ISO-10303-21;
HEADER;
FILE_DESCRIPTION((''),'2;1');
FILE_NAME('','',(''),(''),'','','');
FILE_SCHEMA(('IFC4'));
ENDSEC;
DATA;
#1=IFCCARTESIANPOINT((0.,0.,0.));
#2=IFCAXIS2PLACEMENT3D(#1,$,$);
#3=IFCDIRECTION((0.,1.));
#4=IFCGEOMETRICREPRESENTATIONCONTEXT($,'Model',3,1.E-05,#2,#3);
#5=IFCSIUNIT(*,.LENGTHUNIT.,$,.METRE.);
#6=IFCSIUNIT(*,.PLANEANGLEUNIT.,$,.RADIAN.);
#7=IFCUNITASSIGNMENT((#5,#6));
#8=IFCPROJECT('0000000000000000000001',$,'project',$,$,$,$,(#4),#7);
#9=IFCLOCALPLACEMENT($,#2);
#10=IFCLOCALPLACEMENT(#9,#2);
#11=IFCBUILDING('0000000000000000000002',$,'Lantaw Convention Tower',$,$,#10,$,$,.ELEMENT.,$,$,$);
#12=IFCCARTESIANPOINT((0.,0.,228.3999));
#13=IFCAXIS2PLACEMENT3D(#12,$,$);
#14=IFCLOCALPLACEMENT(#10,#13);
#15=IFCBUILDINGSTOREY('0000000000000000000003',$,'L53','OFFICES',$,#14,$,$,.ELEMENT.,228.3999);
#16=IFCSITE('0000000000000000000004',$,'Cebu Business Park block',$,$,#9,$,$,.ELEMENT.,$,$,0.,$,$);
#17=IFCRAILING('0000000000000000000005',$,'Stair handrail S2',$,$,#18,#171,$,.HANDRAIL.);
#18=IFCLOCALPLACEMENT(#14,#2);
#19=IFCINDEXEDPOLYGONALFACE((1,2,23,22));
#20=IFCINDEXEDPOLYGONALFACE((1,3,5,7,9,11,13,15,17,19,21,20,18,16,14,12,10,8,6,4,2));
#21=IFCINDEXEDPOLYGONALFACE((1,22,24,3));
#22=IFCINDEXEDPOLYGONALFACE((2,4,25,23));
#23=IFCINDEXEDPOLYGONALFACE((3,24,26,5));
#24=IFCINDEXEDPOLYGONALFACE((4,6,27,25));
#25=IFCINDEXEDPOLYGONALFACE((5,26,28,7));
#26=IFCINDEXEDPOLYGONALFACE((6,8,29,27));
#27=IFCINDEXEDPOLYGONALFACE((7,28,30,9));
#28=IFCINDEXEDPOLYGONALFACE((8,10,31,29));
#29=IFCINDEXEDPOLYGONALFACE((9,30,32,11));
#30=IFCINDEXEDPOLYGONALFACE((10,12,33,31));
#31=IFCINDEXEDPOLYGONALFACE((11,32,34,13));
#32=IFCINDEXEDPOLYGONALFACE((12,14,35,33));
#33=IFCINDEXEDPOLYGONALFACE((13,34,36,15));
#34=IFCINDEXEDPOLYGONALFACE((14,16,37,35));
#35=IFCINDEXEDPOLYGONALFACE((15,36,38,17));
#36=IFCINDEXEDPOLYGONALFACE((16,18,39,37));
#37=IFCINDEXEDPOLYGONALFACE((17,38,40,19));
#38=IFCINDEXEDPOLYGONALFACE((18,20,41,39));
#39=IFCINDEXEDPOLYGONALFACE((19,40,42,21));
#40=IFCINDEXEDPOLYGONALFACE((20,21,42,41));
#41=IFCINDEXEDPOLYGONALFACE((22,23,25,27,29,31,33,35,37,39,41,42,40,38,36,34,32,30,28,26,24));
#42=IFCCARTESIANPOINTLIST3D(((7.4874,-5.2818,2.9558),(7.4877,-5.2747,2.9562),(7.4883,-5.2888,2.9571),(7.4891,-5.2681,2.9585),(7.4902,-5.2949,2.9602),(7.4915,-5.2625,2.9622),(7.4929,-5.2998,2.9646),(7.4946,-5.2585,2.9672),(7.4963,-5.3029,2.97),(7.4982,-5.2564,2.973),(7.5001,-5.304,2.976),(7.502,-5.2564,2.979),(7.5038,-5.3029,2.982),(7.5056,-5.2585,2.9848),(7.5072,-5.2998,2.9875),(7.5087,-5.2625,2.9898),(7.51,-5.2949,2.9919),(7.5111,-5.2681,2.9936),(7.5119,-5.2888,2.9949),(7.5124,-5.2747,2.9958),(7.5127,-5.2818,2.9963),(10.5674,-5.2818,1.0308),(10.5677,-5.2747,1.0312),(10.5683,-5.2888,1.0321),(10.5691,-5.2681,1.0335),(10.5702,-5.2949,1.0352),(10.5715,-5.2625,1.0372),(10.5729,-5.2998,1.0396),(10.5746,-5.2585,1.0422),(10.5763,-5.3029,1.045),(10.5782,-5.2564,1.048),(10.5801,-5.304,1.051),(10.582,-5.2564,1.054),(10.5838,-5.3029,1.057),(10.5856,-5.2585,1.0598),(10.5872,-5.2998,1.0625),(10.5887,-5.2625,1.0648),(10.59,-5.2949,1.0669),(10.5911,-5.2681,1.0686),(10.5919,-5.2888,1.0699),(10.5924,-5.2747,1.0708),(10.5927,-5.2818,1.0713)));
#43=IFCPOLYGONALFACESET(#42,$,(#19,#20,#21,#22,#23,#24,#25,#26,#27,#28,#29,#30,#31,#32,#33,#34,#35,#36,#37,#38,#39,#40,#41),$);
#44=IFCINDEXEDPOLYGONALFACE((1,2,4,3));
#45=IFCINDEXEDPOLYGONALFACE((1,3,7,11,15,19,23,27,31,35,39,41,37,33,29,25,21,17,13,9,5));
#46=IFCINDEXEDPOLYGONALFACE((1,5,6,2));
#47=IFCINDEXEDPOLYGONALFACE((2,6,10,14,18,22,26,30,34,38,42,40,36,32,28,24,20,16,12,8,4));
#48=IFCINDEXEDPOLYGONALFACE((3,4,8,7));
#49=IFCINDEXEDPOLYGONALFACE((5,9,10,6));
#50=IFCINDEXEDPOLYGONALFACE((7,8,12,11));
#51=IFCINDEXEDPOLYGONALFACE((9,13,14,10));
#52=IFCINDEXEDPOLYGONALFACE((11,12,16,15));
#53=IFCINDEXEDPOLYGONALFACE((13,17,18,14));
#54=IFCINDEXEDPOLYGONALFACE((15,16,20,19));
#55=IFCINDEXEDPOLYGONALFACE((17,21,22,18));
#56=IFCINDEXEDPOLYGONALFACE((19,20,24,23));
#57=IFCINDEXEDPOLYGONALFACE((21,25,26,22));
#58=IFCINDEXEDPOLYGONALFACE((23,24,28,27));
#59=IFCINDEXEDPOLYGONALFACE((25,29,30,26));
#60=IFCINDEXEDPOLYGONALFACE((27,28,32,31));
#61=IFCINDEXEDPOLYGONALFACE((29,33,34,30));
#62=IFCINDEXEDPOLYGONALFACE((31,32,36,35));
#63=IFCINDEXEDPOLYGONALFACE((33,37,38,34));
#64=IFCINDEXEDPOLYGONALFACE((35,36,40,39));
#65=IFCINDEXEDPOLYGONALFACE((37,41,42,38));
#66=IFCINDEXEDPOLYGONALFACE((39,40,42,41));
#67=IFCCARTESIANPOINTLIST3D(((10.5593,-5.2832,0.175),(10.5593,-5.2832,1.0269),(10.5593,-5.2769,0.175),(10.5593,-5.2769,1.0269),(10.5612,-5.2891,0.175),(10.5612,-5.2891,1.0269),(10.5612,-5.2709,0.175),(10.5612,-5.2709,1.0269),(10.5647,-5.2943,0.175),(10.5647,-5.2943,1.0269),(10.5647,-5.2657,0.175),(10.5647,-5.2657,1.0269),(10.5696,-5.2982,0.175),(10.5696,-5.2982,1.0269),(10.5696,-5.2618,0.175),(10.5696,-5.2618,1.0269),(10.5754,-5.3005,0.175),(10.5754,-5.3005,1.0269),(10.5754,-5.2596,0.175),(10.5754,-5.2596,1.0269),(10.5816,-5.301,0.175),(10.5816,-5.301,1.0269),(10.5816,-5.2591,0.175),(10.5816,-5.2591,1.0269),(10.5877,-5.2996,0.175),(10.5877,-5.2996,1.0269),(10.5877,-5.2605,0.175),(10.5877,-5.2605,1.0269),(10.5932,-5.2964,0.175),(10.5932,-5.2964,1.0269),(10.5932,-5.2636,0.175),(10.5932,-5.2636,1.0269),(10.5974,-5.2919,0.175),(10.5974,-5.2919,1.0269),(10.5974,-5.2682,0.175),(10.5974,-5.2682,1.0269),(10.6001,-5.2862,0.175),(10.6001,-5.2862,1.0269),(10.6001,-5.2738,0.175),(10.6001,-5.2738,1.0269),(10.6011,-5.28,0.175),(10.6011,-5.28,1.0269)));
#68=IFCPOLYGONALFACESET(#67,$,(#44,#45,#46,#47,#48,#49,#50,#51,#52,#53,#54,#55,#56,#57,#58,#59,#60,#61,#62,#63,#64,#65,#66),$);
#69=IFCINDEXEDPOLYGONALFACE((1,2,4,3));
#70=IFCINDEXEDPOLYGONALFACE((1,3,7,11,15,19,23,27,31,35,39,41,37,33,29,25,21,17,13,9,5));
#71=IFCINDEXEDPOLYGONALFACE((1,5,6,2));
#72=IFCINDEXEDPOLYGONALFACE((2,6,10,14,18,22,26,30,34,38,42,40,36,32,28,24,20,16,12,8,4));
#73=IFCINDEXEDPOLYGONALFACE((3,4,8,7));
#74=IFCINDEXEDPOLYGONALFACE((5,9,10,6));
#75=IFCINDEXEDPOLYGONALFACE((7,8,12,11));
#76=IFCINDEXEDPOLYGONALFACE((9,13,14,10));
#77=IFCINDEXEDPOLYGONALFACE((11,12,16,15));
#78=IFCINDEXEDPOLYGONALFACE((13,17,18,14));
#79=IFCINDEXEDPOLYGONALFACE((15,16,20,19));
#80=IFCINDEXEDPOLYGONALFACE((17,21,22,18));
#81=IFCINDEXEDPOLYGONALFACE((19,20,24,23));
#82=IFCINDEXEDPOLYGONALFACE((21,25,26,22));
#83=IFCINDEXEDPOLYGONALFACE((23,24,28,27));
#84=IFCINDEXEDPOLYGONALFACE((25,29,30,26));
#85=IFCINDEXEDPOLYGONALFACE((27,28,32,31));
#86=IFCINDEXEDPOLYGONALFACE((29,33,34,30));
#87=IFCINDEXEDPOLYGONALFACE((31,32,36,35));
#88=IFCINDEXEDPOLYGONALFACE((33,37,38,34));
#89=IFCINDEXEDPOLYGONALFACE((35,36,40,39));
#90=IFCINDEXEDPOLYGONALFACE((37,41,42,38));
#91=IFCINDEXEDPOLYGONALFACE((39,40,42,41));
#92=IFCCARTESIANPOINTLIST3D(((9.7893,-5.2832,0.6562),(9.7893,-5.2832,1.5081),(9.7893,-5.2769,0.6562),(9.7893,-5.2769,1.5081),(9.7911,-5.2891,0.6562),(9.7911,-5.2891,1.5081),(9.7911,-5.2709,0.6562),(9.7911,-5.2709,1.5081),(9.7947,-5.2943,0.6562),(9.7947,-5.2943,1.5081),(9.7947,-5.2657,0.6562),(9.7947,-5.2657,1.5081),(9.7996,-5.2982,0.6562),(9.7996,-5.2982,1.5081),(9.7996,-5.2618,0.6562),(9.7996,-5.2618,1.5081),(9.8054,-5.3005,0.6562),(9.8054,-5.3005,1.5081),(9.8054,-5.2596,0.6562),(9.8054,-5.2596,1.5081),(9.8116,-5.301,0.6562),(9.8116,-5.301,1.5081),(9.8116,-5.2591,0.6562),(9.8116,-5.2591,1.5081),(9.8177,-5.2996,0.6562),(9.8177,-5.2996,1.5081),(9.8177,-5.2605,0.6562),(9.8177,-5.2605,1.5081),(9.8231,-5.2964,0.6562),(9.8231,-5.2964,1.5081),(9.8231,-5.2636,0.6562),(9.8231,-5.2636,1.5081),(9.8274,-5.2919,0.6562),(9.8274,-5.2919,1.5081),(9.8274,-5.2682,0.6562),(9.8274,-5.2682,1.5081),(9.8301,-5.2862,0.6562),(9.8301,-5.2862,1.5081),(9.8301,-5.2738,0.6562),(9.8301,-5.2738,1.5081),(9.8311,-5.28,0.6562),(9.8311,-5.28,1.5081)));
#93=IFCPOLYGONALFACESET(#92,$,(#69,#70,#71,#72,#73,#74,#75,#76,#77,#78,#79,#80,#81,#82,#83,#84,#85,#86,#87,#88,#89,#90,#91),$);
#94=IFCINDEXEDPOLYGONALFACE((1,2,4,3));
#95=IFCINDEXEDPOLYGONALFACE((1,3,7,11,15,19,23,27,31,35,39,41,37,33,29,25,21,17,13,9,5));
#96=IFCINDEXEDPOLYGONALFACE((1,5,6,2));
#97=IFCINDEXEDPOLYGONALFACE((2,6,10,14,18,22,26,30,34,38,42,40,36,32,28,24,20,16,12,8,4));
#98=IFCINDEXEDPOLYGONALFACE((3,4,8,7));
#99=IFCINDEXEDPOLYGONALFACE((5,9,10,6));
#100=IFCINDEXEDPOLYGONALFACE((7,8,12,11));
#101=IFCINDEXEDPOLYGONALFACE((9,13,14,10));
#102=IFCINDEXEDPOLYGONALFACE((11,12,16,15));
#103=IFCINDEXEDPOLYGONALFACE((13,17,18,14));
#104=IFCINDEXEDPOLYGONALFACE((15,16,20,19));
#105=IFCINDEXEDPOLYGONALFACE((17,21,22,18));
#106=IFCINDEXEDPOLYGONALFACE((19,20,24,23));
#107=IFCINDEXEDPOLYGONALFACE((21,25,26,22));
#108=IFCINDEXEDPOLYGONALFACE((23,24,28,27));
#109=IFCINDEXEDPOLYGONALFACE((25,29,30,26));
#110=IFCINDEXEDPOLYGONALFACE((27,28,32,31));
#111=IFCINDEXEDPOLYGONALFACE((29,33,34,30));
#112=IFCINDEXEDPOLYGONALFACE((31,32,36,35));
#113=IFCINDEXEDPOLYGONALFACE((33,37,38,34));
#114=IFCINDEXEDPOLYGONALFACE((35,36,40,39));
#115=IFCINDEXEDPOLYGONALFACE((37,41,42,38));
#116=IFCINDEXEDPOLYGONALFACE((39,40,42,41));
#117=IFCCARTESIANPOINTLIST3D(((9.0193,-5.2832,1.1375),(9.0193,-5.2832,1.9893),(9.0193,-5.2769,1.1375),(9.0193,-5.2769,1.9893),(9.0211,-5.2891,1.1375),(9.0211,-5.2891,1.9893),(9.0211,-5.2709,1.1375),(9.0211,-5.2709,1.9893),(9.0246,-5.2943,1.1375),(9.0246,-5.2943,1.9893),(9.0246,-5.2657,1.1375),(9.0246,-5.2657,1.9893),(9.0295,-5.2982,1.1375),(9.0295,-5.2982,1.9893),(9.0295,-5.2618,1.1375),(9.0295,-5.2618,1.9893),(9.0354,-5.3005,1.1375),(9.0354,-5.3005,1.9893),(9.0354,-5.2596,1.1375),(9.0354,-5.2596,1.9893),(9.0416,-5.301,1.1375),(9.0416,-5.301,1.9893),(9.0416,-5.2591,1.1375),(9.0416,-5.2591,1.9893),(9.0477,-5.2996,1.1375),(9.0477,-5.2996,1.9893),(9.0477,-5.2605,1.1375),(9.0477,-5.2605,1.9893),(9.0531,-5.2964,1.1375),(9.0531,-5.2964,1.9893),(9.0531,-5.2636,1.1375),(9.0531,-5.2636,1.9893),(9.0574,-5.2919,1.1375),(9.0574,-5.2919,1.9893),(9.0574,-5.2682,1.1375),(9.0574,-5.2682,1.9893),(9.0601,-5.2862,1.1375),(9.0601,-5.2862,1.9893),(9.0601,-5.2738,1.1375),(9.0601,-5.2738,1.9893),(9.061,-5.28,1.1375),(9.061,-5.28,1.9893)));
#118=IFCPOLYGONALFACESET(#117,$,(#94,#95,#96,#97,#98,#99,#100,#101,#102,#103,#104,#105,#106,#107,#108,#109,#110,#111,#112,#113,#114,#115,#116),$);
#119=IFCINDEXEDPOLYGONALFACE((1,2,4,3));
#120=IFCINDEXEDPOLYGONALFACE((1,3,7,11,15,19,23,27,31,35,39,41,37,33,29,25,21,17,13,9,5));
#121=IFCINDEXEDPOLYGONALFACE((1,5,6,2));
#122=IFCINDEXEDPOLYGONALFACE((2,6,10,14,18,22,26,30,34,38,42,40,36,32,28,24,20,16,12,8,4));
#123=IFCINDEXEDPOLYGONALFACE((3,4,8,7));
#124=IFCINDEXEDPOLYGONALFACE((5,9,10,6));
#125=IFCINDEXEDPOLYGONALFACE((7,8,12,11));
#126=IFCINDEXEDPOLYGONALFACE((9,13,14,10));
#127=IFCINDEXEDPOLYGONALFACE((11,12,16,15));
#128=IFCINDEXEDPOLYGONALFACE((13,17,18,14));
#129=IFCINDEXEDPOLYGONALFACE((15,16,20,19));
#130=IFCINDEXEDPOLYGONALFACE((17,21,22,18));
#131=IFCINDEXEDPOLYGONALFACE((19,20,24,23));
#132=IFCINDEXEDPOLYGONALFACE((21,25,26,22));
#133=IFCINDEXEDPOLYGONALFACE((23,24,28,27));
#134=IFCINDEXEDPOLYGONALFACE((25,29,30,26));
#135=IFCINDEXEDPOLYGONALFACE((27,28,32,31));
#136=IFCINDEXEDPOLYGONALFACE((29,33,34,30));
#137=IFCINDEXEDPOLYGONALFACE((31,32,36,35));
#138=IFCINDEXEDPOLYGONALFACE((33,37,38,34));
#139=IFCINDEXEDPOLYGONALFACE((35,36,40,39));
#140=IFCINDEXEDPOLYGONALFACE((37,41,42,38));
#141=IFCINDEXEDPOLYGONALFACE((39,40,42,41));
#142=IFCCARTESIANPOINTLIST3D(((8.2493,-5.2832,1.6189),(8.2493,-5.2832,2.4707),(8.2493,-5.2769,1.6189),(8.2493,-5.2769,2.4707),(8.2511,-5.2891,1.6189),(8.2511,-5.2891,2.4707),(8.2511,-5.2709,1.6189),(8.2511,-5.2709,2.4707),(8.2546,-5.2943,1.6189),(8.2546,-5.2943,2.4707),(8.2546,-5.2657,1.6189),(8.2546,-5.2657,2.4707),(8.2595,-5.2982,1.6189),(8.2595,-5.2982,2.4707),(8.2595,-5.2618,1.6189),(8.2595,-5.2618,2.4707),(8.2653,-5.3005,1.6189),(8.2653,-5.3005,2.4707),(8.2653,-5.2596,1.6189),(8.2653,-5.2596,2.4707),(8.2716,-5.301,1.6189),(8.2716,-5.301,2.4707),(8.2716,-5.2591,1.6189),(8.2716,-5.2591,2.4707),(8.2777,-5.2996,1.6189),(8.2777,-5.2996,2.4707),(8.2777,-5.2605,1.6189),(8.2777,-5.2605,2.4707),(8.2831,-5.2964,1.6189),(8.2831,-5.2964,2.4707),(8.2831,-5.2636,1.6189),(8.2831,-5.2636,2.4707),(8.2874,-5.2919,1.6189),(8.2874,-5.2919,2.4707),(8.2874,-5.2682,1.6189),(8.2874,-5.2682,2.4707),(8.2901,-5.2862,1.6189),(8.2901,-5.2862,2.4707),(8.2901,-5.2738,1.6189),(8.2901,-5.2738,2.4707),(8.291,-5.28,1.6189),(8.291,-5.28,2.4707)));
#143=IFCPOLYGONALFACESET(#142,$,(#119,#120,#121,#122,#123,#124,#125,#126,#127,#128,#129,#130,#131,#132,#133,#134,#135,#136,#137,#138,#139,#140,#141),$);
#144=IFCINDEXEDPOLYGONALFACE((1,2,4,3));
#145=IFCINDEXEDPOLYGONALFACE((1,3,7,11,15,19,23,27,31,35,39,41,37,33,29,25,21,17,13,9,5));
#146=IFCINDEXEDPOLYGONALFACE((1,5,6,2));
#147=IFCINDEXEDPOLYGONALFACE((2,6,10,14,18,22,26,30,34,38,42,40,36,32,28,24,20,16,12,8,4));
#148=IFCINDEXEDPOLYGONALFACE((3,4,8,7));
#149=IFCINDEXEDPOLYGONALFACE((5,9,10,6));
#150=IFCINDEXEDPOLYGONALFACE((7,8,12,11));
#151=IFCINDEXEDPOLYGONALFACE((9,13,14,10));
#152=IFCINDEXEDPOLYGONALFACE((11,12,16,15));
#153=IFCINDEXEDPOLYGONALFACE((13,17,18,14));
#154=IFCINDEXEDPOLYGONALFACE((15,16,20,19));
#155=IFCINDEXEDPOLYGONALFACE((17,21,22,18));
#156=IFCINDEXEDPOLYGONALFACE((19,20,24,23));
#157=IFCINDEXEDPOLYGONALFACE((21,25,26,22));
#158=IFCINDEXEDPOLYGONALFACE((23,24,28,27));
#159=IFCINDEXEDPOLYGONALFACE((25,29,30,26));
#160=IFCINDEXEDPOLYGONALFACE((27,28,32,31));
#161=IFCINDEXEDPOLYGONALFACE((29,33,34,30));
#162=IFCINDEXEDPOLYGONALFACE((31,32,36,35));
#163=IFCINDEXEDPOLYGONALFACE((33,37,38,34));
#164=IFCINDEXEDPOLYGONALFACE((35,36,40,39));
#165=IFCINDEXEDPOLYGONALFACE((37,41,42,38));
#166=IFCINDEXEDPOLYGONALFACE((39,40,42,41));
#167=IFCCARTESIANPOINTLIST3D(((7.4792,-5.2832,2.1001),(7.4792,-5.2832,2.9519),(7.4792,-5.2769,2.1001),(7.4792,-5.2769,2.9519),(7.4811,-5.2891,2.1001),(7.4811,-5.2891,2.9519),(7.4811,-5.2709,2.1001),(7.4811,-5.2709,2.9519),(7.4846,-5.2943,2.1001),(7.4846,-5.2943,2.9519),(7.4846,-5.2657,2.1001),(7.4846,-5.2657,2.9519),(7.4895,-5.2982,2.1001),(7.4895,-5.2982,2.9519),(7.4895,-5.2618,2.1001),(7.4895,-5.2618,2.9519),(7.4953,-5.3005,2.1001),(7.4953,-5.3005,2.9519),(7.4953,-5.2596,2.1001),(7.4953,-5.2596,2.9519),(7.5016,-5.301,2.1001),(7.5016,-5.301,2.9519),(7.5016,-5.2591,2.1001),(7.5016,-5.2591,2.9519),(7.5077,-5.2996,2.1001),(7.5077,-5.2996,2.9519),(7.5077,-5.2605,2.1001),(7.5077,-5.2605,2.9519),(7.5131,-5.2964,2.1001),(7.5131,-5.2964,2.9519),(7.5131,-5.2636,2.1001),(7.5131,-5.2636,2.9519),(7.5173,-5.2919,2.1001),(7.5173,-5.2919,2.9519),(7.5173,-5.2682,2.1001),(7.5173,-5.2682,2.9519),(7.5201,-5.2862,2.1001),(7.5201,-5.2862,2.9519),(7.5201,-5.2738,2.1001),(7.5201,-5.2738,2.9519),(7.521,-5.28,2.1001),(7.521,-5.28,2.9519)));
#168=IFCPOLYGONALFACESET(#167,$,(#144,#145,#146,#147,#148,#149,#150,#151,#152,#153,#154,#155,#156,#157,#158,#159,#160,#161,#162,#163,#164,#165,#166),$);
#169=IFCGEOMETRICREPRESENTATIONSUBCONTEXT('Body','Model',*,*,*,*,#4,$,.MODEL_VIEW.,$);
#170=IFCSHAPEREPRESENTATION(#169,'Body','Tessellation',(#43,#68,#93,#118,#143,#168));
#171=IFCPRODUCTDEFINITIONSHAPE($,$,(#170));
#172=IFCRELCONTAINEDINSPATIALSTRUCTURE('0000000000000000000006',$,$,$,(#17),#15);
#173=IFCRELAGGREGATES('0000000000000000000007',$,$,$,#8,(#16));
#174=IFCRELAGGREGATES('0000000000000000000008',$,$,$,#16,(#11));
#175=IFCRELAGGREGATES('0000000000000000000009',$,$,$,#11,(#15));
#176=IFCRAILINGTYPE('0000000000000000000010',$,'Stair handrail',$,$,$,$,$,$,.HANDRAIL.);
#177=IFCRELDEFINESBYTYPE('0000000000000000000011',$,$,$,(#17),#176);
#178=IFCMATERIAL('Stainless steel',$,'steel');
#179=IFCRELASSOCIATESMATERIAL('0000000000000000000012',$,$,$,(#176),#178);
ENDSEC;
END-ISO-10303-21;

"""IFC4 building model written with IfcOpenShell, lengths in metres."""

from ifc_helpers import new_model, si_unit, direction, frame, origin, origin_2d, place, context, subcontext, project, spatial, circle, extrude, material, type_object, element, save


model = new_model("IFC4")

# Units and contexts
model_context = context("Model", 3, precision=1e-05, world=origin(), true_north=direction((0.0, 1.0)))
body_context = subcontext(model_context, "Body", "Model", "MODEL_VIEW")
ifc_project = project(units=[si_unit("LENGTHUNIT", "METRE"), si_unit("PLANEANGLEUNIT", "RADIAN")], contexts=[model_context])

# Site, building, storey
site_placement = place(None, origin())
site = spatial("IfcSite", under=ifc_project, at=site_placement, Name="Cebu Business Park block", CompositionType="ELEMENT", RefElevation=0.0)
building_placement = place(site_placement, origin())
building = spatial("IfcBuilding", under=site, at=building_placement, Name="Lantaw Convention Tower", CompositionType="ELEMENT")
storey_placement = place(building_placement, frame((0.0, 0.0, 228.3999)))
storey = spatial("IfcBuildingStorey", under=building, at=storey_placement, Name="L53", Description="OFFICES", CompositionType="ELEMENT", Elevation=228.3999)

# Railing
ifc_material_1 = material(Name="Stainless steel", Category="steel")
railing_type = type_object("IfcRailingType", Name="Stair handrail", PredefinedType="HANDRAIL", material=ifc_material_1)
railing_1_placement = place(storey_placement, frame((10.5801, -5.28, 0.175)))
element("IfcRailing", 1, at=railing_1_placement, inside=storey, type_object=railing_type, Name="Stair handrail S2", PredefinedType="HANDRAIL", context=body_context, shape_type="SweptSolid", body=[
    extrude(circle(Radius=0.0239, at=origin_2d()), frame((0.0, 0.0, 0.876), z_axis=(-0.847998, 0.0, 0.529999), x_axis=(0.0, -1.0, 0.0)), (0.0, 0.0, 1.0), 3.6321),
    extrude(circle(Radius=0.021, at=origin_2d()), origin(), (0.0, 0.0, 1.0), 0.8518),
    extrude(circle(Radius=0.021, at=origin_2d()), frame((-0.77, 0.0, 0.4812)), (0.0, 0.0, 1.0), 0.8518),
    extrude(circle(Radius=0.021, at=origin_2d()), frame((-1.54, 0.0, 0.9624)), (0.0, 0.0, 1.0), 0.8518),
    extrude(circle(Radius=0.021, at=origin_2d()), frame((-2.3101, 0.0, 1.4438)), (0.0, 0.0, 1.0), 0.8518),
    extrude(circle(Radius=0.021, at=origin_2d()), frame((-3.0801, 0.0, 1.925)), (0.0, 0.0, 1.0), 0.8518),
])

save(model, "model.ifc")
